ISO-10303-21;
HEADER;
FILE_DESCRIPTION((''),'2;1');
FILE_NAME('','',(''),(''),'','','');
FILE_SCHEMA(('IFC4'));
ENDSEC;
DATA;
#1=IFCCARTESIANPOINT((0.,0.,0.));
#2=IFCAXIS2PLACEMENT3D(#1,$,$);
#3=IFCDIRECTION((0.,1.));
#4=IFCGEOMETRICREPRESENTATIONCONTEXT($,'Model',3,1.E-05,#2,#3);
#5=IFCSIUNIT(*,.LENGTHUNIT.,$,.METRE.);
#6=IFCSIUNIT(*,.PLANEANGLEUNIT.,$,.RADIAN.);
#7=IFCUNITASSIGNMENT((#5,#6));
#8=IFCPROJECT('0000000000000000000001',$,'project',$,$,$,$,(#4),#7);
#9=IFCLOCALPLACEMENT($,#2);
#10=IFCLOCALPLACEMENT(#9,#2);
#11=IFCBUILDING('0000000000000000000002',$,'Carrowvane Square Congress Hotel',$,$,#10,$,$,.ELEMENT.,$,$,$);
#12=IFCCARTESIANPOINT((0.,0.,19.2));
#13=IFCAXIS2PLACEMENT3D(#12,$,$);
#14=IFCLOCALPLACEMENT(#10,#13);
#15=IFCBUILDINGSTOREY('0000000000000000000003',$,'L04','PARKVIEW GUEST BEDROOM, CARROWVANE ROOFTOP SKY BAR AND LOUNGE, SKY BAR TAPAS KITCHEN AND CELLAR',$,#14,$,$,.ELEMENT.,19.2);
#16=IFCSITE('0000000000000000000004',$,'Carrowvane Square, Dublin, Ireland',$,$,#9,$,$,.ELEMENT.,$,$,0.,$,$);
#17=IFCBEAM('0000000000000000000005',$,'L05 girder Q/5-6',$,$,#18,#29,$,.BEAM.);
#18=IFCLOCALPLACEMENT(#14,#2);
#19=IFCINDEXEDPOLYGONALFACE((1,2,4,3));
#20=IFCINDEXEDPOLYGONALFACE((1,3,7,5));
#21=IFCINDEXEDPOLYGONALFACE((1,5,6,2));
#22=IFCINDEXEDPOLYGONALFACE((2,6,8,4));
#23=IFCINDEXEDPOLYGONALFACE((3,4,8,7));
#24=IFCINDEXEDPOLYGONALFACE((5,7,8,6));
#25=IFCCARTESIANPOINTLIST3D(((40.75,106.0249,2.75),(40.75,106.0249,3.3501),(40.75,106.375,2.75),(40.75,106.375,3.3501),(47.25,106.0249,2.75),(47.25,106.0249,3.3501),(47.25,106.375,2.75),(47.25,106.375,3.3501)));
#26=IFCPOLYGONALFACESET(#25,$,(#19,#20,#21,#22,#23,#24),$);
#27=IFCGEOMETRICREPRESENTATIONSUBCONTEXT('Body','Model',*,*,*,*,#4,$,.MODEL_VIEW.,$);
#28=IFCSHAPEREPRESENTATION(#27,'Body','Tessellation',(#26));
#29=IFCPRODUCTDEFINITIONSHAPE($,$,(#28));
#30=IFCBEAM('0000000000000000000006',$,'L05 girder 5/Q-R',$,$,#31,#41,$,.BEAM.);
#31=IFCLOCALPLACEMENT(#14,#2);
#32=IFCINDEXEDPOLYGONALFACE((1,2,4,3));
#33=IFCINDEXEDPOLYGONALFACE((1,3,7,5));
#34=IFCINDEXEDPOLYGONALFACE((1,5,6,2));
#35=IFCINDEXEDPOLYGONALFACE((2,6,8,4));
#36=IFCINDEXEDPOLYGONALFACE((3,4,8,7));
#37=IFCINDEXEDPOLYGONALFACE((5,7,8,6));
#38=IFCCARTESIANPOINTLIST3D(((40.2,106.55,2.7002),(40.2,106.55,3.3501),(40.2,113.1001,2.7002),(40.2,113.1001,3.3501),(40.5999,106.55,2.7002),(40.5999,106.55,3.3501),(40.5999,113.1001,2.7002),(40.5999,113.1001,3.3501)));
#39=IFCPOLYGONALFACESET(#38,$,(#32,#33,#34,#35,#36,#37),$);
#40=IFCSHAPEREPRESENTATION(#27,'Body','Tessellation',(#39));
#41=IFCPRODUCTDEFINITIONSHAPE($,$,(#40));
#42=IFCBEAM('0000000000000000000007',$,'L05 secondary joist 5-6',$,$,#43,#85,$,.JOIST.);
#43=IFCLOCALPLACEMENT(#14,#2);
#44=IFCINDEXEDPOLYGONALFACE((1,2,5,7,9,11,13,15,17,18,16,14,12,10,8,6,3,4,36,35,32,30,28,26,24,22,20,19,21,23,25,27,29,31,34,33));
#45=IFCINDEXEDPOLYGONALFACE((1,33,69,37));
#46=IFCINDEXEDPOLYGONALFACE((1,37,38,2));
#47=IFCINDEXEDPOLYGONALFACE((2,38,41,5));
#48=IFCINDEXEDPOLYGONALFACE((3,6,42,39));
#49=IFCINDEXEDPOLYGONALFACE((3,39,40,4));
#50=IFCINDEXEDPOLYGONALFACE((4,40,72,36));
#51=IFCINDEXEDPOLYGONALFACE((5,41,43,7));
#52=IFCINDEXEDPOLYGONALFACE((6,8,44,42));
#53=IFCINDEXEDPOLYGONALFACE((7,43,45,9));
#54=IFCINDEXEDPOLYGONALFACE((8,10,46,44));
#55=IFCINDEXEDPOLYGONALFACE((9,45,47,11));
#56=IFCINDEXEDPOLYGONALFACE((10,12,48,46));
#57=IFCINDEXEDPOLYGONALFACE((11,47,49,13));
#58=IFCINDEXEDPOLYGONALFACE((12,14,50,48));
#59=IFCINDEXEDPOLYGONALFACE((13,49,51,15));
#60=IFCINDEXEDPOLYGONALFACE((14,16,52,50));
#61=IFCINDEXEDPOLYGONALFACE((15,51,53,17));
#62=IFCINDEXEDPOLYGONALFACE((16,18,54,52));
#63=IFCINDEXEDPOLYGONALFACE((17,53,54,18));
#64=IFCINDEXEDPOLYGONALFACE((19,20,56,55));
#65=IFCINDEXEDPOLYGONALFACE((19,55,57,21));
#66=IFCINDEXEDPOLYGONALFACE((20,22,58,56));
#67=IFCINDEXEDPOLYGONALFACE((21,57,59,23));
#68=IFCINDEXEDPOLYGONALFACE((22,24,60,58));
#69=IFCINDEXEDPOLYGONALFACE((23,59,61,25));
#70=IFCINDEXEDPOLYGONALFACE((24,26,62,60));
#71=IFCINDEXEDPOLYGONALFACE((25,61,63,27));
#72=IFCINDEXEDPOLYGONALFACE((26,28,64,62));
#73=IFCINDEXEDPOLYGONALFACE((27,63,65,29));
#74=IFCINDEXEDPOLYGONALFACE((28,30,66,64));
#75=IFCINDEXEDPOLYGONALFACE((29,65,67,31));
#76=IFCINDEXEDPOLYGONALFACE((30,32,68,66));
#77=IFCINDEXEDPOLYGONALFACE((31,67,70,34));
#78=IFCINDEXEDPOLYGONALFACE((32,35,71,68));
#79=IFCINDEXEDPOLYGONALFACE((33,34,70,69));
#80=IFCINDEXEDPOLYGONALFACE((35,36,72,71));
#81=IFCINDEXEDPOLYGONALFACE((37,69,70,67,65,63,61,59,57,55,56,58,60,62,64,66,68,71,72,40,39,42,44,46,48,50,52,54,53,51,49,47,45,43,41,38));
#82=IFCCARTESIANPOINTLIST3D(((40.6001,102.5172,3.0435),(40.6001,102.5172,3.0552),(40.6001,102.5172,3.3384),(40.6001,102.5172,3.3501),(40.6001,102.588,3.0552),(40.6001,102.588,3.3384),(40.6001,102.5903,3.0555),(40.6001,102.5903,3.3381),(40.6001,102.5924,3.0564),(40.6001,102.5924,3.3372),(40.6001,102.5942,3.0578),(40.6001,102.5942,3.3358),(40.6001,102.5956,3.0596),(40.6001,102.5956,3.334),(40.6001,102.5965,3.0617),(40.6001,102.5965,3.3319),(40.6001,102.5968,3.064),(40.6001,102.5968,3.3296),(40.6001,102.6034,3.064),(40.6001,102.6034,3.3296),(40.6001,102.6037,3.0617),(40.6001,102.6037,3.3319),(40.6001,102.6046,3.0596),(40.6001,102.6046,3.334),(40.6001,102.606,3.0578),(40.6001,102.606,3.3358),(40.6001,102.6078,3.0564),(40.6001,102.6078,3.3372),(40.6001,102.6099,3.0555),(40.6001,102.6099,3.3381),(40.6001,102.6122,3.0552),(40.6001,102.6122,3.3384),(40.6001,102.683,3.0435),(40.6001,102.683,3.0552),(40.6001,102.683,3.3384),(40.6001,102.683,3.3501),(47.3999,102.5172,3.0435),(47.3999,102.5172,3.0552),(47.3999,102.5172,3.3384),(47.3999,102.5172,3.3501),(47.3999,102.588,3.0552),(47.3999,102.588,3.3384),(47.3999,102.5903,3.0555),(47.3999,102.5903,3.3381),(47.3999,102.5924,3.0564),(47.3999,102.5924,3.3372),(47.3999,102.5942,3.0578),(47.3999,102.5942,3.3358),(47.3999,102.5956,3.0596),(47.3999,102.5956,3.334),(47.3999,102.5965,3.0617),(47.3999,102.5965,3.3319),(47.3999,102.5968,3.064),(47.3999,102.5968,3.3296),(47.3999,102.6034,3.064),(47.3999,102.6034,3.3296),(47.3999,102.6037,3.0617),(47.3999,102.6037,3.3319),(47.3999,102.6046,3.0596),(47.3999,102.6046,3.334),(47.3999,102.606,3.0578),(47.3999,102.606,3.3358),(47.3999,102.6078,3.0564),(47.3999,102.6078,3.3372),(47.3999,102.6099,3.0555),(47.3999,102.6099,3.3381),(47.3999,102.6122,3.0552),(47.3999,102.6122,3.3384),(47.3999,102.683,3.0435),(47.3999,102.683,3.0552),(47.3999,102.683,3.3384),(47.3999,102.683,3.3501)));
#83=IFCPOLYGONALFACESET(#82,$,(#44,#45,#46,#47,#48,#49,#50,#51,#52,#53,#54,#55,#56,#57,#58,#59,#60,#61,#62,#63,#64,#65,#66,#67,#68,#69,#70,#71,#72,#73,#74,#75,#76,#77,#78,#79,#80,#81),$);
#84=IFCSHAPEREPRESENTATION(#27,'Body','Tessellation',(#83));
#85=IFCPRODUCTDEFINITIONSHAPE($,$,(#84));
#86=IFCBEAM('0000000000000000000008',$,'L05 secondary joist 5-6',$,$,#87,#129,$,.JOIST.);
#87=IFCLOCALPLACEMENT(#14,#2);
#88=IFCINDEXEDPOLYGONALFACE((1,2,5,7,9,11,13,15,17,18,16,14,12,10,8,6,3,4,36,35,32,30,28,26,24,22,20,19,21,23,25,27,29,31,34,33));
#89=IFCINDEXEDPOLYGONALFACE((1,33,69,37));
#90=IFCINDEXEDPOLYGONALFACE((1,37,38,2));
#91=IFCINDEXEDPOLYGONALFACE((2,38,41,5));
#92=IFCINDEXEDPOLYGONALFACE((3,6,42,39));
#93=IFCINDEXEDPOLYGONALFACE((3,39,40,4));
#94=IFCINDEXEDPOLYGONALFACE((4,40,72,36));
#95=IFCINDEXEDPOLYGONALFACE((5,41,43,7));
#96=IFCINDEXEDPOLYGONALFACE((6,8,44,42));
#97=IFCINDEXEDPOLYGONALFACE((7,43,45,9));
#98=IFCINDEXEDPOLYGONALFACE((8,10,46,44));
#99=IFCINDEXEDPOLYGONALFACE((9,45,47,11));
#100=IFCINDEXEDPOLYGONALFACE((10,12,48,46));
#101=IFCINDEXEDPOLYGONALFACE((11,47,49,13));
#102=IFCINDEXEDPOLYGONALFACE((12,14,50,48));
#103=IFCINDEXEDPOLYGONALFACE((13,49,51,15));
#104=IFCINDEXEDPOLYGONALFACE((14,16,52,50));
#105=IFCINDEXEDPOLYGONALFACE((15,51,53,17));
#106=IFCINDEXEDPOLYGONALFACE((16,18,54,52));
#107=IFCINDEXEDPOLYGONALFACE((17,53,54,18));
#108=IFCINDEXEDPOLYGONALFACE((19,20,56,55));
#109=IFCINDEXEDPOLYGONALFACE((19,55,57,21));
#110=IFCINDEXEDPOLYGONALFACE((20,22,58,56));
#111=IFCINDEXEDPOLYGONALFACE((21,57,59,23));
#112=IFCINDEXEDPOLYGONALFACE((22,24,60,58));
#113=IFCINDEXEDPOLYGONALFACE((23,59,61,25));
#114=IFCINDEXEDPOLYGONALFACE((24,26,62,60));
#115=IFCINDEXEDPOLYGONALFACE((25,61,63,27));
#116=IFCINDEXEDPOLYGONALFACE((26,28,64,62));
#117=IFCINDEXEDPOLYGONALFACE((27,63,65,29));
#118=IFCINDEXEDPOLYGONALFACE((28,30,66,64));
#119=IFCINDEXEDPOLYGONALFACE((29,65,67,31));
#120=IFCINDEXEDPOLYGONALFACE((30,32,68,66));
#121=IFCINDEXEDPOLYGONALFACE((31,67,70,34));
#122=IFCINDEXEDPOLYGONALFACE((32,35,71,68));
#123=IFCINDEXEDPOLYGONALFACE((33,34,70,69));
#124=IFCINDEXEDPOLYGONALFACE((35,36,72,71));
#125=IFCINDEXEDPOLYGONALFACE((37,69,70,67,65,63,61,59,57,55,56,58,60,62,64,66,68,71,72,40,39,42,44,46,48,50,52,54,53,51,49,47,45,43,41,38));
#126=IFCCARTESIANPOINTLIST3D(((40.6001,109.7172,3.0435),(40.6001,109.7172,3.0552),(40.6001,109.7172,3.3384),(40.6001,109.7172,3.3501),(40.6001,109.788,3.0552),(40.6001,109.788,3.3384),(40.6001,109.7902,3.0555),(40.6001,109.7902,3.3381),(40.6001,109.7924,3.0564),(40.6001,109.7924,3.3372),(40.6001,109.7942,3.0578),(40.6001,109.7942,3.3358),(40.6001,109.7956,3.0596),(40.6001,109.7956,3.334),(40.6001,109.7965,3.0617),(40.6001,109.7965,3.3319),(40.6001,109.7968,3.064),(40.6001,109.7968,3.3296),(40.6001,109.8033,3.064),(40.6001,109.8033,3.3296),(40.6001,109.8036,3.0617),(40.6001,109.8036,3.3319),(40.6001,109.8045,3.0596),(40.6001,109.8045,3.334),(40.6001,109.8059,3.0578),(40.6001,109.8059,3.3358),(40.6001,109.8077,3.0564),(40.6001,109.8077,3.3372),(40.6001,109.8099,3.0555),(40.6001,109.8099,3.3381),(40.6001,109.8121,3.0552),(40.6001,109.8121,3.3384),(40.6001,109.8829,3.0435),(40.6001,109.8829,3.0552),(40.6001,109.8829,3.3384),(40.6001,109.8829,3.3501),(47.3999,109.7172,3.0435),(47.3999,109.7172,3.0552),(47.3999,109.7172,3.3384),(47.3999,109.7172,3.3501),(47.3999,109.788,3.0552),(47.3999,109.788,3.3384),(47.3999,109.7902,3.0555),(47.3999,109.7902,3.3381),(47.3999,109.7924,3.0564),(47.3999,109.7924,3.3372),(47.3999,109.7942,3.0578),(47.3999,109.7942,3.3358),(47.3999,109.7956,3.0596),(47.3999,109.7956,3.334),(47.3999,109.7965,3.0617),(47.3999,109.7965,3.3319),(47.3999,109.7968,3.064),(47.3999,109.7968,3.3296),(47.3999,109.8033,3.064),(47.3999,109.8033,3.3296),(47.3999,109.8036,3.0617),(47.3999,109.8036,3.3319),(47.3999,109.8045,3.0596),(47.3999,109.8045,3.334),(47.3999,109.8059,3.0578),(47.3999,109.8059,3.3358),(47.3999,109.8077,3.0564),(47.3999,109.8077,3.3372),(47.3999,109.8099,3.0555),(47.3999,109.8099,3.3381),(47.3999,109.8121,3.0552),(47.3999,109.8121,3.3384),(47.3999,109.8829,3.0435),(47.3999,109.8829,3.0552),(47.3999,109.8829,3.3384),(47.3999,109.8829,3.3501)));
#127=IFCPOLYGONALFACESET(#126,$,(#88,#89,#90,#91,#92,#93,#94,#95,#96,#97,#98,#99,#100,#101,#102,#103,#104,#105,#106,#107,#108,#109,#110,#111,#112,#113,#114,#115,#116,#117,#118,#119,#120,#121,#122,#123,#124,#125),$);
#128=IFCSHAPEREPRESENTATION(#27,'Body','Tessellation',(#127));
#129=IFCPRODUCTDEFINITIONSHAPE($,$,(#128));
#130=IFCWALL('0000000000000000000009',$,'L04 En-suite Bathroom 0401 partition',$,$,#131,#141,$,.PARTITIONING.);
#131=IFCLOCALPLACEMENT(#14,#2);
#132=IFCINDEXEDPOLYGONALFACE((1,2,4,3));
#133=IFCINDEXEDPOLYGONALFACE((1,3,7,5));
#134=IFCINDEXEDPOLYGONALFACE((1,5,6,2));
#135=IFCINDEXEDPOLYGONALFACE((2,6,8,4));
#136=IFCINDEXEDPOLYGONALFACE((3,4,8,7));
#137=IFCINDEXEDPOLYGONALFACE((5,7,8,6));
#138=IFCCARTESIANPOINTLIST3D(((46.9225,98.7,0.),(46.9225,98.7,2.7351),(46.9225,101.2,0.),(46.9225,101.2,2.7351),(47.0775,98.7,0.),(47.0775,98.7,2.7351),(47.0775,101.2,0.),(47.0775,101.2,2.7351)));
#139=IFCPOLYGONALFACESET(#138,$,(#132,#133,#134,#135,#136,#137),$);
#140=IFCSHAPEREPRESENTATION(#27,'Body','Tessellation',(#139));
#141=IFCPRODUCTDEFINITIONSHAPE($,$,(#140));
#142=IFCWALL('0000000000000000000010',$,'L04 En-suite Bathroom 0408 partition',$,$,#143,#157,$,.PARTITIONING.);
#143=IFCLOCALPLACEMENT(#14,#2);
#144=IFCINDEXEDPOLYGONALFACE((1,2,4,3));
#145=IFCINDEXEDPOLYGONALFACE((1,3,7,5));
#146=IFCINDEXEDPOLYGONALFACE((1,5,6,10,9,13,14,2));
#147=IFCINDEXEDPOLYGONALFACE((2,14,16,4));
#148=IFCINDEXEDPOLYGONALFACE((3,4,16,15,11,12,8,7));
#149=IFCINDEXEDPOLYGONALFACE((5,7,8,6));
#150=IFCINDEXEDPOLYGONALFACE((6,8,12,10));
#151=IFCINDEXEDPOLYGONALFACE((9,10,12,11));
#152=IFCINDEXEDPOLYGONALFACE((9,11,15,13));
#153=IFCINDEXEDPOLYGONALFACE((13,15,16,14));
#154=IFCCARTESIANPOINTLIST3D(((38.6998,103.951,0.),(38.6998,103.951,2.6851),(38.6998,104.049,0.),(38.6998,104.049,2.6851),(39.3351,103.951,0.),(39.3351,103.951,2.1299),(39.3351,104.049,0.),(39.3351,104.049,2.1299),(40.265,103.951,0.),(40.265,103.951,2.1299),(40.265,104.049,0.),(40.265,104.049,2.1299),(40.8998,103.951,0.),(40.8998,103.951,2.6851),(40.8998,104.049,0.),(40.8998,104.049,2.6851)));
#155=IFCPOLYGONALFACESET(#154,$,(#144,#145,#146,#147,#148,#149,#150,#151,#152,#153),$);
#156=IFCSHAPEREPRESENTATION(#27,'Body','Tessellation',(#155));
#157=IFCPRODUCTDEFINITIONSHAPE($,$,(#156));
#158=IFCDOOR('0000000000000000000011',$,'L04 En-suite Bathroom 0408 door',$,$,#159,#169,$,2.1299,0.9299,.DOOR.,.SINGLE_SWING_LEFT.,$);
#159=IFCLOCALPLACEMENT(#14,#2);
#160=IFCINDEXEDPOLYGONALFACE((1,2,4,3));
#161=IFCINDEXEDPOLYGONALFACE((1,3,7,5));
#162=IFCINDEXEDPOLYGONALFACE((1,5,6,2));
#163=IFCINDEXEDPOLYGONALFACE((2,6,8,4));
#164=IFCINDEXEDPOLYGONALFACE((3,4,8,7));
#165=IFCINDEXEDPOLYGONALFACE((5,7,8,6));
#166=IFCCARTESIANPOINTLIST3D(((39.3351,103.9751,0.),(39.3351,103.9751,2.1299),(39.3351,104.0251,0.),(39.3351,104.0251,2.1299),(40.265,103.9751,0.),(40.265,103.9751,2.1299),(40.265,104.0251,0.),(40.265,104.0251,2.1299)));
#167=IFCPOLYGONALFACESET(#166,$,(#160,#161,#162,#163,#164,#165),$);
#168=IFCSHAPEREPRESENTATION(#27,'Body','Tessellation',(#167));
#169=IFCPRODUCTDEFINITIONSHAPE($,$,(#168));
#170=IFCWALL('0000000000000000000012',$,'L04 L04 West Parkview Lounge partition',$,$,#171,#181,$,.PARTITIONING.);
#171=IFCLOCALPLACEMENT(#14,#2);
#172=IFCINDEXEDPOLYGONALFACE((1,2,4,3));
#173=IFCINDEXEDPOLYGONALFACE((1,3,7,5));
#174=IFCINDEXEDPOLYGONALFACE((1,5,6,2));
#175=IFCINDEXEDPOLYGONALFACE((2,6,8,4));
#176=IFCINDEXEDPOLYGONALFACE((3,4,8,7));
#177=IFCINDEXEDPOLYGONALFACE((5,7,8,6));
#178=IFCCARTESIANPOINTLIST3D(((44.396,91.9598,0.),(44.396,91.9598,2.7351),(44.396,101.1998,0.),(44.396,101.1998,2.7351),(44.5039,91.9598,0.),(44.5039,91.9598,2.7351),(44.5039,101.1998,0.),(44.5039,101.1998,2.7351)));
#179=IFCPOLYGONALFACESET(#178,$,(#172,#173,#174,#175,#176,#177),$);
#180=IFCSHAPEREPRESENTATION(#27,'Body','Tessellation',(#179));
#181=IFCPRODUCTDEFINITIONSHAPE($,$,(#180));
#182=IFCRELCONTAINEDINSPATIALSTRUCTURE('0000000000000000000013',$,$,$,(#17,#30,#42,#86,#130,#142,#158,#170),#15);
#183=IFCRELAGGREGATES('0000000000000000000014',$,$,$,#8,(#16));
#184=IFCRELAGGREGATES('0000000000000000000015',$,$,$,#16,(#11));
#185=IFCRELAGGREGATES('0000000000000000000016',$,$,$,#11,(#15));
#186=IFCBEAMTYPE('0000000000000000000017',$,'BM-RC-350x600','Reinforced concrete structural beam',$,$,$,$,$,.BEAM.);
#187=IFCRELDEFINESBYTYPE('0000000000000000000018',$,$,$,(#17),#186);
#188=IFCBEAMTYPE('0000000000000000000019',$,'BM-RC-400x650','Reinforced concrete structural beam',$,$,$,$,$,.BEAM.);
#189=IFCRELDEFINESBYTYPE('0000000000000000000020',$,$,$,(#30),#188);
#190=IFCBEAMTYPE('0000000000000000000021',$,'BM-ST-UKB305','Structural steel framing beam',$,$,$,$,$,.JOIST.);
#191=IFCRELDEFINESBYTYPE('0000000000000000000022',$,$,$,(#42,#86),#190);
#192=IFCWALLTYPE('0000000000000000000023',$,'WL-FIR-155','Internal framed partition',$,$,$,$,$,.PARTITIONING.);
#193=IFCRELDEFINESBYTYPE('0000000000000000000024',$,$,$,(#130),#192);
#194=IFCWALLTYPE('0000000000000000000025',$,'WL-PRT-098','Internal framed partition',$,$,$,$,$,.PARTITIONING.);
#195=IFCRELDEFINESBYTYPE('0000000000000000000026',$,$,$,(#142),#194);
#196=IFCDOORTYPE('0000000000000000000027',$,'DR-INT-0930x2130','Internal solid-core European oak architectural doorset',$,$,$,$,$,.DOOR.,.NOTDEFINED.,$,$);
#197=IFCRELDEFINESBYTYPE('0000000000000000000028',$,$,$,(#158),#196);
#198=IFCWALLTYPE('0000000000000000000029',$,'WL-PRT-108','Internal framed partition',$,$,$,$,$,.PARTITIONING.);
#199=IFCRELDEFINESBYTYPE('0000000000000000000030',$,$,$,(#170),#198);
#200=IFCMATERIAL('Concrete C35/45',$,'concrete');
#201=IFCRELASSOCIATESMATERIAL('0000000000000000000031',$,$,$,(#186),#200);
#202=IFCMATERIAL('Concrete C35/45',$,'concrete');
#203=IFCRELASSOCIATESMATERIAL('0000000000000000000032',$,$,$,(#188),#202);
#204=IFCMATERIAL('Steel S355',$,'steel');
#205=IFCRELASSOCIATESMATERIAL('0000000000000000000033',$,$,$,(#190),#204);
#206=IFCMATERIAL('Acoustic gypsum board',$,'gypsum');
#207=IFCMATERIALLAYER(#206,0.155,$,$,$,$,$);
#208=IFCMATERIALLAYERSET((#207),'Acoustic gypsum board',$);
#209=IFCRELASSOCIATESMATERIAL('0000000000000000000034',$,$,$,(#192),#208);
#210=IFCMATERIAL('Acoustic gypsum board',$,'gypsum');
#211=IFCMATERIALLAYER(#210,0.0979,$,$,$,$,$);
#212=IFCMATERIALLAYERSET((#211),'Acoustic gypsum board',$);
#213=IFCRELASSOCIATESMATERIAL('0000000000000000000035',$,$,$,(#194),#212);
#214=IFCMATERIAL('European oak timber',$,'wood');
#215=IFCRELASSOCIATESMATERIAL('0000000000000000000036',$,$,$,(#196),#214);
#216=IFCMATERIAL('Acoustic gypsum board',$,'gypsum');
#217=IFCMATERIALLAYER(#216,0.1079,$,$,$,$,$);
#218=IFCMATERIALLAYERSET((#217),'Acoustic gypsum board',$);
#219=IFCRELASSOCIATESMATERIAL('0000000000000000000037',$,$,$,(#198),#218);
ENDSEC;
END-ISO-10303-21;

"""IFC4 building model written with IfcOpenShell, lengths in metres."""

from ifc_helpers import new_model, si_unit, direction, frame, frame_2d, origin, origin_2d, place, context, subcontext, project, spatial, rectangle, i_section, extrude, material, layer, layer_set, material_profile, profile_set, type_object, element, fill, save


model = new_model("IFC4")

# Units and contexts
model_context = context("Model", 3, precision=1e-05, world=origin(), true_north=direction((0.0, 1.0)))
body_context = subcontext(model_context, "Body", "Model", "MODEL_VIEW")
ifc_project = project(units=[si_unit("LENGTHUNIT", "METRE"), si_unit("PLANEANGLEUNIT", "RADIAN")], contexts=[model_context])

# Site, building, storey
site_placement = place(None, origin())
site = spatial("IfcSite", under=ifc_project, at=site_placement, Name="Carrowvane Square, Dublin, Ireland", CompositionType="ELEMENT", RefElevation=0.0)
building_placement = place(site_placement, origin())
building = spatial("IfcBuilding", under=site, at=building_placement, Name="Carrowvane Square Congress Hotel", CompositionType="ELEMENT")
storey_placement = place(building_placement, frame((0.0, 0.0, 19.2)))
storey = spatial("IfcBuildingStorey", under=building, at=storey_placement, Name="L04", Description="PARKVIEW GUEST BEDROOM, CARROWVANE ROOFTOP SKY BAR AND LOUNGE, SKY BAR TAPAS KITCHEN AND CELLAR", CompositionType="ELEMENT", Elevation=19.2)

# Beams
ifc_material_1 = material(Name="Concrete C35/45", Category="concrete")
ifc_material_profile_1 = material_profile(ifc_material_1, rectangle(XDim=0.3501, YDim=0.6001, at=origin_2d()), Name="RC 350x600")
ifc_profile_set_1 = profile_set([ifc_material_profile_1], Name="Concrete C35/45")
beam_type_1 = type_object("IfcBeamType", Name="BM-RC-350x600", Description="Reinforced concrete structural beam", PredefinedType="BEAM", material=ifc_profile_set_1)
beam_1_placement = place(storey_placement, frame((40.75, 106.2, 3.05), z_axis=(1.0, 0.0, 0.0), x_axis=(0.0, 1.0, 0.0)))
element("IfcBeam", 1, at=beam_1_placement, inside=storey, type_object=beam_type_1, Name="L05 girder Q/5-6", PredefinedType="BEAM", context=body_context, shape_type="SweptSolid", body=[
    extrude(rectangle(XDim=0.3501, YDim=0.6001, at=origin_2d()), origin(), (0.0, 0.0, 1.0), 6.5),
])
ifc_material_2 = material(Name="Concrete C35/45", Category="concrete")
ifc_material_profile_2 = material_profile(ifc_material_2, rectangle(XDim=0.3999, YDim=0.6499, at=origin_2d()), Name="RC 400x650")
ifc_profile_set_2 = profile_set([ifc_material_profile_2], Name="Concrete C35/45")
beam_type_2 = type_object("IfcBeamType", Name="BM-RC-400x650", Description="Reinforced concrete structural beam", PredefinedType="BEAM", material=ifc_profile_set_2)
beam_2_placement = place(storey_placement, frame((40.3999, 106.55, 3.0251), z_axis=(0.0, 1.0, 0.0), x_axis=(-1.0, 0.0, 0.0)))
element("IfcBeam", 2, at=beam_2_placement, inside=storey, type_object=beam_type_2, Name="L05 girder 5/Q-R", PredefinedType="BEAM", context=body_context, shape_type="SweptSolid", body=[
    extrude(rectangle(XDim=0.3999, YDim=0.6499, at=origin_2d()), origin(), (0.0, 0.0, 1.0), 6.55),
])
ifc_material_3 = material(Name="Steel S355", Category="steel")
ifc_material_profile_3 = material_profile(ifc_material_3, i_section(OverallWidth=0.1658, OverallDepth=0.3066, WebThickness=0.0066, FlangeThickness=0.0117, FilletRadius=0.0088, at=origin_2d()), Name="UKB 305x165x46")
ifc_profile_set_3 = profile_set([ifc_material_profile_3], Name="Steel S355")
beam_type_3 = type_object("IfcBeamType", Name="BM-ST-UKB305", Description="Structural steel framing beam", PredefinedType="JOIST", material=ifc_profile_set_3)
for number, where, z_axis, x_axis, name in (
    (3, (40.6001, 102.6001, 3.1968), (1.0, 0.0, 0.0), (0.0, 1.0, 0.0), "L05 secondary joist 5-6"),
    (4, (40.6001, 109.8, 3.1968), (1.0, 0.0, 0.0), (0.0, 1.0, 0.0), "L05 secondary joist 5-6"),
):
    element("IfcBeam", number, at=place(storey_placement, frame(where, z_axis=z_axis, x_axis=x_axis)), inside=storey, type_object=beam_type_3, Name=name, PredefinedType="JOIST", context=body_context, shape_type="SweptSolid", body=[
        extrude(i_section(OverallWidth=0.1658, OverallDepth=0.3066, WebThickness=0.0066, FlangeThickness=0.0117, FilletRadius=0.0088, at=origin_2d()), origin(), (0.0, 0.0, 1.0), 6.7998),
    ])

# Wall
ifc_material_4 = material(Name="Acoustic gypsum board", Category="gypsum")
ifc_layer_1 = layer(ifc_material_4, 0.155)
ifc_layer_set_1 = layer_set([ifc_layer_1], Name="Acoustic gypsum board")
wall_type_1 = type_object("IfcWallType", Name="WL-FIR-155", Description="Internal framed partition", PredefinedType="PARTITIONING", material=ifc_layer_set_1)
wall_1_placement = place(storey_placement, frame((47.0, 101.2, 0.0), z_axis=(0.0, 0.0, 1.0), x_axis=(0.0, -1.0, 0.0)))
element("IfcWall", 5, at=wall_1_placement, inside=storey, type_object=wall_type_1, Name="L04 En-suite Bathroom 0401 partition", PredefinedType="PARTITIONING", context=body_context, shape_type="SweptSolid", body=[
    extrude(rectangle(XDim=2.5, YDim=0.155, at=frame_2d((1.25, 0.0))), origin(), (0.0, 0.0, 1.0), 2.7351),
])

# Wall, opening, door
ifc_material_5 = material(Name="Acoustic gypsum board", Category="gypsum")
ifc_layer_2 = layer(ifc_material_5, 0.0979)
ifc_layer_set_2 = layer_set([ifc_layer_2], Name="Acoustic gypsum board")
wall_type_2 = type_object("IfcWallType", Name="WL-PRT-098", Description="Internal framed partition", PredefinedType="PARTITIONING", material=ifc_layer_set_2)
wall_2_placement = place(storey_placement, frame((40.8999, 104.0, 0.0), z_axis=(0.0, 0.0, 1.0), x_axis=(-1.0, 0.0, 0.0)))
wall_2 = element("IfcWall", 6, at=wall_2_placement, inside=storey, type_object=wall_type_2, Name="L04 En-suite Bathroom 0408 partition", PredefinedType="PARTITIONING", context=body_context, shape_type="SweptSolid", body=[
    extrude(rectangle(XDim=2.2, YDim=0.0979, at=frame_2d((1.1001, 0.0))), origin(), (0.0, 0.0, 1.0), 2.6851),
])
opening_1_placement = place(wall_2_placement, frame((0.635, 0.0, 0.0)))
opening_1 = element("IfcOpeningElement", 7, at=opening_1_placement, cuts=wall_2, PredefinedType="OPENING", context=body_context, shape_type="SweptSolid", body=[
    extrude(rectangle(XDim=0.9299, YDim=2.1299, at=frame_2d((0.4648, 1.0649))), frame((0.0, 0.0588, 0.0), z_axis=(0.0, -1.0, 0.0), x_axis=(1.0, 0.0, 0.0)), (0.0, 0.0, 1.0), 0.1179),
])
ifc_material_6 = material(Name="European oak timber", Category="wood")
door_type_1 = type_object("IfcDoorType", Name="DR-INT-0930x2130", Description="Internal solid-core European oak architectural doorset", OperationType="NOTDEFINED", PredefinedType="DOOR", material=ifc_material_6)
door_1_placement = place(opening_1_placement, origin())
door_1 = element("IfcDoor", 8, at=door_1_placement, inside=storey, type_object=door_type_1, Name="L04 En-suite Bathroom 0408 door", OperationType="SINGLE_SWING_LEFT", OverallHeight=2.1299, OverallWidth=0.9299, PredefinedType="DOOR", context=body_context, shape_type="SweptSolid", body=[
    extrude(rectangle(XDim=0.9299, YDim=2.1299, at=frame_2d((0.4648, 1.0649))), frame((0.0, 0.0249, 0.0), z_axis=(0.0, -1.0, 0.0), x_axis=(1.0, 0.0, 0.0)), (0.0, 0.0, 1.0), 0.05),
])
fill(opening_1, door_1)

# Wall
ifc_material_7 = material(Name="Acoustic gypsum board", Category="gypsum")
ifc_layer_3 = layer(ifc_material_7, 0.1079)
ifc_layer_set_3 = layer_set([ifc_layer_3], Name="Acoustic gypsum board")
wall_type_3 = type_object("IfcWallType", Name="WL-PRT-108", Description="Internal framed partition", PredefinedType="PARTITIONING", material=ifc_layer_set_3)
wall_3_placement = place(storey_placement, frame((44.45, 101.2, 0.0), z_axis=(0.0, 0.0, 1.0), x_axis=(0.0, -1.0, 0.0)))
element("IfcWall", 9, at=wall_3_placement, inside=storey, type_object=wall_type_3, Name="L04 L04 West Parkview Lounge partition", PredefinedType="PARTITIONING", context=body_context, shape_type="SweptSolid", body=[
    extrude(rectangle(XDim=9.24, YDim=0.1079, at=frame_2d((4.6201, 0.0))), origin(), (0.0, 0.0, 1.0), 2.7351),
])

save(model, "model.ifc")
